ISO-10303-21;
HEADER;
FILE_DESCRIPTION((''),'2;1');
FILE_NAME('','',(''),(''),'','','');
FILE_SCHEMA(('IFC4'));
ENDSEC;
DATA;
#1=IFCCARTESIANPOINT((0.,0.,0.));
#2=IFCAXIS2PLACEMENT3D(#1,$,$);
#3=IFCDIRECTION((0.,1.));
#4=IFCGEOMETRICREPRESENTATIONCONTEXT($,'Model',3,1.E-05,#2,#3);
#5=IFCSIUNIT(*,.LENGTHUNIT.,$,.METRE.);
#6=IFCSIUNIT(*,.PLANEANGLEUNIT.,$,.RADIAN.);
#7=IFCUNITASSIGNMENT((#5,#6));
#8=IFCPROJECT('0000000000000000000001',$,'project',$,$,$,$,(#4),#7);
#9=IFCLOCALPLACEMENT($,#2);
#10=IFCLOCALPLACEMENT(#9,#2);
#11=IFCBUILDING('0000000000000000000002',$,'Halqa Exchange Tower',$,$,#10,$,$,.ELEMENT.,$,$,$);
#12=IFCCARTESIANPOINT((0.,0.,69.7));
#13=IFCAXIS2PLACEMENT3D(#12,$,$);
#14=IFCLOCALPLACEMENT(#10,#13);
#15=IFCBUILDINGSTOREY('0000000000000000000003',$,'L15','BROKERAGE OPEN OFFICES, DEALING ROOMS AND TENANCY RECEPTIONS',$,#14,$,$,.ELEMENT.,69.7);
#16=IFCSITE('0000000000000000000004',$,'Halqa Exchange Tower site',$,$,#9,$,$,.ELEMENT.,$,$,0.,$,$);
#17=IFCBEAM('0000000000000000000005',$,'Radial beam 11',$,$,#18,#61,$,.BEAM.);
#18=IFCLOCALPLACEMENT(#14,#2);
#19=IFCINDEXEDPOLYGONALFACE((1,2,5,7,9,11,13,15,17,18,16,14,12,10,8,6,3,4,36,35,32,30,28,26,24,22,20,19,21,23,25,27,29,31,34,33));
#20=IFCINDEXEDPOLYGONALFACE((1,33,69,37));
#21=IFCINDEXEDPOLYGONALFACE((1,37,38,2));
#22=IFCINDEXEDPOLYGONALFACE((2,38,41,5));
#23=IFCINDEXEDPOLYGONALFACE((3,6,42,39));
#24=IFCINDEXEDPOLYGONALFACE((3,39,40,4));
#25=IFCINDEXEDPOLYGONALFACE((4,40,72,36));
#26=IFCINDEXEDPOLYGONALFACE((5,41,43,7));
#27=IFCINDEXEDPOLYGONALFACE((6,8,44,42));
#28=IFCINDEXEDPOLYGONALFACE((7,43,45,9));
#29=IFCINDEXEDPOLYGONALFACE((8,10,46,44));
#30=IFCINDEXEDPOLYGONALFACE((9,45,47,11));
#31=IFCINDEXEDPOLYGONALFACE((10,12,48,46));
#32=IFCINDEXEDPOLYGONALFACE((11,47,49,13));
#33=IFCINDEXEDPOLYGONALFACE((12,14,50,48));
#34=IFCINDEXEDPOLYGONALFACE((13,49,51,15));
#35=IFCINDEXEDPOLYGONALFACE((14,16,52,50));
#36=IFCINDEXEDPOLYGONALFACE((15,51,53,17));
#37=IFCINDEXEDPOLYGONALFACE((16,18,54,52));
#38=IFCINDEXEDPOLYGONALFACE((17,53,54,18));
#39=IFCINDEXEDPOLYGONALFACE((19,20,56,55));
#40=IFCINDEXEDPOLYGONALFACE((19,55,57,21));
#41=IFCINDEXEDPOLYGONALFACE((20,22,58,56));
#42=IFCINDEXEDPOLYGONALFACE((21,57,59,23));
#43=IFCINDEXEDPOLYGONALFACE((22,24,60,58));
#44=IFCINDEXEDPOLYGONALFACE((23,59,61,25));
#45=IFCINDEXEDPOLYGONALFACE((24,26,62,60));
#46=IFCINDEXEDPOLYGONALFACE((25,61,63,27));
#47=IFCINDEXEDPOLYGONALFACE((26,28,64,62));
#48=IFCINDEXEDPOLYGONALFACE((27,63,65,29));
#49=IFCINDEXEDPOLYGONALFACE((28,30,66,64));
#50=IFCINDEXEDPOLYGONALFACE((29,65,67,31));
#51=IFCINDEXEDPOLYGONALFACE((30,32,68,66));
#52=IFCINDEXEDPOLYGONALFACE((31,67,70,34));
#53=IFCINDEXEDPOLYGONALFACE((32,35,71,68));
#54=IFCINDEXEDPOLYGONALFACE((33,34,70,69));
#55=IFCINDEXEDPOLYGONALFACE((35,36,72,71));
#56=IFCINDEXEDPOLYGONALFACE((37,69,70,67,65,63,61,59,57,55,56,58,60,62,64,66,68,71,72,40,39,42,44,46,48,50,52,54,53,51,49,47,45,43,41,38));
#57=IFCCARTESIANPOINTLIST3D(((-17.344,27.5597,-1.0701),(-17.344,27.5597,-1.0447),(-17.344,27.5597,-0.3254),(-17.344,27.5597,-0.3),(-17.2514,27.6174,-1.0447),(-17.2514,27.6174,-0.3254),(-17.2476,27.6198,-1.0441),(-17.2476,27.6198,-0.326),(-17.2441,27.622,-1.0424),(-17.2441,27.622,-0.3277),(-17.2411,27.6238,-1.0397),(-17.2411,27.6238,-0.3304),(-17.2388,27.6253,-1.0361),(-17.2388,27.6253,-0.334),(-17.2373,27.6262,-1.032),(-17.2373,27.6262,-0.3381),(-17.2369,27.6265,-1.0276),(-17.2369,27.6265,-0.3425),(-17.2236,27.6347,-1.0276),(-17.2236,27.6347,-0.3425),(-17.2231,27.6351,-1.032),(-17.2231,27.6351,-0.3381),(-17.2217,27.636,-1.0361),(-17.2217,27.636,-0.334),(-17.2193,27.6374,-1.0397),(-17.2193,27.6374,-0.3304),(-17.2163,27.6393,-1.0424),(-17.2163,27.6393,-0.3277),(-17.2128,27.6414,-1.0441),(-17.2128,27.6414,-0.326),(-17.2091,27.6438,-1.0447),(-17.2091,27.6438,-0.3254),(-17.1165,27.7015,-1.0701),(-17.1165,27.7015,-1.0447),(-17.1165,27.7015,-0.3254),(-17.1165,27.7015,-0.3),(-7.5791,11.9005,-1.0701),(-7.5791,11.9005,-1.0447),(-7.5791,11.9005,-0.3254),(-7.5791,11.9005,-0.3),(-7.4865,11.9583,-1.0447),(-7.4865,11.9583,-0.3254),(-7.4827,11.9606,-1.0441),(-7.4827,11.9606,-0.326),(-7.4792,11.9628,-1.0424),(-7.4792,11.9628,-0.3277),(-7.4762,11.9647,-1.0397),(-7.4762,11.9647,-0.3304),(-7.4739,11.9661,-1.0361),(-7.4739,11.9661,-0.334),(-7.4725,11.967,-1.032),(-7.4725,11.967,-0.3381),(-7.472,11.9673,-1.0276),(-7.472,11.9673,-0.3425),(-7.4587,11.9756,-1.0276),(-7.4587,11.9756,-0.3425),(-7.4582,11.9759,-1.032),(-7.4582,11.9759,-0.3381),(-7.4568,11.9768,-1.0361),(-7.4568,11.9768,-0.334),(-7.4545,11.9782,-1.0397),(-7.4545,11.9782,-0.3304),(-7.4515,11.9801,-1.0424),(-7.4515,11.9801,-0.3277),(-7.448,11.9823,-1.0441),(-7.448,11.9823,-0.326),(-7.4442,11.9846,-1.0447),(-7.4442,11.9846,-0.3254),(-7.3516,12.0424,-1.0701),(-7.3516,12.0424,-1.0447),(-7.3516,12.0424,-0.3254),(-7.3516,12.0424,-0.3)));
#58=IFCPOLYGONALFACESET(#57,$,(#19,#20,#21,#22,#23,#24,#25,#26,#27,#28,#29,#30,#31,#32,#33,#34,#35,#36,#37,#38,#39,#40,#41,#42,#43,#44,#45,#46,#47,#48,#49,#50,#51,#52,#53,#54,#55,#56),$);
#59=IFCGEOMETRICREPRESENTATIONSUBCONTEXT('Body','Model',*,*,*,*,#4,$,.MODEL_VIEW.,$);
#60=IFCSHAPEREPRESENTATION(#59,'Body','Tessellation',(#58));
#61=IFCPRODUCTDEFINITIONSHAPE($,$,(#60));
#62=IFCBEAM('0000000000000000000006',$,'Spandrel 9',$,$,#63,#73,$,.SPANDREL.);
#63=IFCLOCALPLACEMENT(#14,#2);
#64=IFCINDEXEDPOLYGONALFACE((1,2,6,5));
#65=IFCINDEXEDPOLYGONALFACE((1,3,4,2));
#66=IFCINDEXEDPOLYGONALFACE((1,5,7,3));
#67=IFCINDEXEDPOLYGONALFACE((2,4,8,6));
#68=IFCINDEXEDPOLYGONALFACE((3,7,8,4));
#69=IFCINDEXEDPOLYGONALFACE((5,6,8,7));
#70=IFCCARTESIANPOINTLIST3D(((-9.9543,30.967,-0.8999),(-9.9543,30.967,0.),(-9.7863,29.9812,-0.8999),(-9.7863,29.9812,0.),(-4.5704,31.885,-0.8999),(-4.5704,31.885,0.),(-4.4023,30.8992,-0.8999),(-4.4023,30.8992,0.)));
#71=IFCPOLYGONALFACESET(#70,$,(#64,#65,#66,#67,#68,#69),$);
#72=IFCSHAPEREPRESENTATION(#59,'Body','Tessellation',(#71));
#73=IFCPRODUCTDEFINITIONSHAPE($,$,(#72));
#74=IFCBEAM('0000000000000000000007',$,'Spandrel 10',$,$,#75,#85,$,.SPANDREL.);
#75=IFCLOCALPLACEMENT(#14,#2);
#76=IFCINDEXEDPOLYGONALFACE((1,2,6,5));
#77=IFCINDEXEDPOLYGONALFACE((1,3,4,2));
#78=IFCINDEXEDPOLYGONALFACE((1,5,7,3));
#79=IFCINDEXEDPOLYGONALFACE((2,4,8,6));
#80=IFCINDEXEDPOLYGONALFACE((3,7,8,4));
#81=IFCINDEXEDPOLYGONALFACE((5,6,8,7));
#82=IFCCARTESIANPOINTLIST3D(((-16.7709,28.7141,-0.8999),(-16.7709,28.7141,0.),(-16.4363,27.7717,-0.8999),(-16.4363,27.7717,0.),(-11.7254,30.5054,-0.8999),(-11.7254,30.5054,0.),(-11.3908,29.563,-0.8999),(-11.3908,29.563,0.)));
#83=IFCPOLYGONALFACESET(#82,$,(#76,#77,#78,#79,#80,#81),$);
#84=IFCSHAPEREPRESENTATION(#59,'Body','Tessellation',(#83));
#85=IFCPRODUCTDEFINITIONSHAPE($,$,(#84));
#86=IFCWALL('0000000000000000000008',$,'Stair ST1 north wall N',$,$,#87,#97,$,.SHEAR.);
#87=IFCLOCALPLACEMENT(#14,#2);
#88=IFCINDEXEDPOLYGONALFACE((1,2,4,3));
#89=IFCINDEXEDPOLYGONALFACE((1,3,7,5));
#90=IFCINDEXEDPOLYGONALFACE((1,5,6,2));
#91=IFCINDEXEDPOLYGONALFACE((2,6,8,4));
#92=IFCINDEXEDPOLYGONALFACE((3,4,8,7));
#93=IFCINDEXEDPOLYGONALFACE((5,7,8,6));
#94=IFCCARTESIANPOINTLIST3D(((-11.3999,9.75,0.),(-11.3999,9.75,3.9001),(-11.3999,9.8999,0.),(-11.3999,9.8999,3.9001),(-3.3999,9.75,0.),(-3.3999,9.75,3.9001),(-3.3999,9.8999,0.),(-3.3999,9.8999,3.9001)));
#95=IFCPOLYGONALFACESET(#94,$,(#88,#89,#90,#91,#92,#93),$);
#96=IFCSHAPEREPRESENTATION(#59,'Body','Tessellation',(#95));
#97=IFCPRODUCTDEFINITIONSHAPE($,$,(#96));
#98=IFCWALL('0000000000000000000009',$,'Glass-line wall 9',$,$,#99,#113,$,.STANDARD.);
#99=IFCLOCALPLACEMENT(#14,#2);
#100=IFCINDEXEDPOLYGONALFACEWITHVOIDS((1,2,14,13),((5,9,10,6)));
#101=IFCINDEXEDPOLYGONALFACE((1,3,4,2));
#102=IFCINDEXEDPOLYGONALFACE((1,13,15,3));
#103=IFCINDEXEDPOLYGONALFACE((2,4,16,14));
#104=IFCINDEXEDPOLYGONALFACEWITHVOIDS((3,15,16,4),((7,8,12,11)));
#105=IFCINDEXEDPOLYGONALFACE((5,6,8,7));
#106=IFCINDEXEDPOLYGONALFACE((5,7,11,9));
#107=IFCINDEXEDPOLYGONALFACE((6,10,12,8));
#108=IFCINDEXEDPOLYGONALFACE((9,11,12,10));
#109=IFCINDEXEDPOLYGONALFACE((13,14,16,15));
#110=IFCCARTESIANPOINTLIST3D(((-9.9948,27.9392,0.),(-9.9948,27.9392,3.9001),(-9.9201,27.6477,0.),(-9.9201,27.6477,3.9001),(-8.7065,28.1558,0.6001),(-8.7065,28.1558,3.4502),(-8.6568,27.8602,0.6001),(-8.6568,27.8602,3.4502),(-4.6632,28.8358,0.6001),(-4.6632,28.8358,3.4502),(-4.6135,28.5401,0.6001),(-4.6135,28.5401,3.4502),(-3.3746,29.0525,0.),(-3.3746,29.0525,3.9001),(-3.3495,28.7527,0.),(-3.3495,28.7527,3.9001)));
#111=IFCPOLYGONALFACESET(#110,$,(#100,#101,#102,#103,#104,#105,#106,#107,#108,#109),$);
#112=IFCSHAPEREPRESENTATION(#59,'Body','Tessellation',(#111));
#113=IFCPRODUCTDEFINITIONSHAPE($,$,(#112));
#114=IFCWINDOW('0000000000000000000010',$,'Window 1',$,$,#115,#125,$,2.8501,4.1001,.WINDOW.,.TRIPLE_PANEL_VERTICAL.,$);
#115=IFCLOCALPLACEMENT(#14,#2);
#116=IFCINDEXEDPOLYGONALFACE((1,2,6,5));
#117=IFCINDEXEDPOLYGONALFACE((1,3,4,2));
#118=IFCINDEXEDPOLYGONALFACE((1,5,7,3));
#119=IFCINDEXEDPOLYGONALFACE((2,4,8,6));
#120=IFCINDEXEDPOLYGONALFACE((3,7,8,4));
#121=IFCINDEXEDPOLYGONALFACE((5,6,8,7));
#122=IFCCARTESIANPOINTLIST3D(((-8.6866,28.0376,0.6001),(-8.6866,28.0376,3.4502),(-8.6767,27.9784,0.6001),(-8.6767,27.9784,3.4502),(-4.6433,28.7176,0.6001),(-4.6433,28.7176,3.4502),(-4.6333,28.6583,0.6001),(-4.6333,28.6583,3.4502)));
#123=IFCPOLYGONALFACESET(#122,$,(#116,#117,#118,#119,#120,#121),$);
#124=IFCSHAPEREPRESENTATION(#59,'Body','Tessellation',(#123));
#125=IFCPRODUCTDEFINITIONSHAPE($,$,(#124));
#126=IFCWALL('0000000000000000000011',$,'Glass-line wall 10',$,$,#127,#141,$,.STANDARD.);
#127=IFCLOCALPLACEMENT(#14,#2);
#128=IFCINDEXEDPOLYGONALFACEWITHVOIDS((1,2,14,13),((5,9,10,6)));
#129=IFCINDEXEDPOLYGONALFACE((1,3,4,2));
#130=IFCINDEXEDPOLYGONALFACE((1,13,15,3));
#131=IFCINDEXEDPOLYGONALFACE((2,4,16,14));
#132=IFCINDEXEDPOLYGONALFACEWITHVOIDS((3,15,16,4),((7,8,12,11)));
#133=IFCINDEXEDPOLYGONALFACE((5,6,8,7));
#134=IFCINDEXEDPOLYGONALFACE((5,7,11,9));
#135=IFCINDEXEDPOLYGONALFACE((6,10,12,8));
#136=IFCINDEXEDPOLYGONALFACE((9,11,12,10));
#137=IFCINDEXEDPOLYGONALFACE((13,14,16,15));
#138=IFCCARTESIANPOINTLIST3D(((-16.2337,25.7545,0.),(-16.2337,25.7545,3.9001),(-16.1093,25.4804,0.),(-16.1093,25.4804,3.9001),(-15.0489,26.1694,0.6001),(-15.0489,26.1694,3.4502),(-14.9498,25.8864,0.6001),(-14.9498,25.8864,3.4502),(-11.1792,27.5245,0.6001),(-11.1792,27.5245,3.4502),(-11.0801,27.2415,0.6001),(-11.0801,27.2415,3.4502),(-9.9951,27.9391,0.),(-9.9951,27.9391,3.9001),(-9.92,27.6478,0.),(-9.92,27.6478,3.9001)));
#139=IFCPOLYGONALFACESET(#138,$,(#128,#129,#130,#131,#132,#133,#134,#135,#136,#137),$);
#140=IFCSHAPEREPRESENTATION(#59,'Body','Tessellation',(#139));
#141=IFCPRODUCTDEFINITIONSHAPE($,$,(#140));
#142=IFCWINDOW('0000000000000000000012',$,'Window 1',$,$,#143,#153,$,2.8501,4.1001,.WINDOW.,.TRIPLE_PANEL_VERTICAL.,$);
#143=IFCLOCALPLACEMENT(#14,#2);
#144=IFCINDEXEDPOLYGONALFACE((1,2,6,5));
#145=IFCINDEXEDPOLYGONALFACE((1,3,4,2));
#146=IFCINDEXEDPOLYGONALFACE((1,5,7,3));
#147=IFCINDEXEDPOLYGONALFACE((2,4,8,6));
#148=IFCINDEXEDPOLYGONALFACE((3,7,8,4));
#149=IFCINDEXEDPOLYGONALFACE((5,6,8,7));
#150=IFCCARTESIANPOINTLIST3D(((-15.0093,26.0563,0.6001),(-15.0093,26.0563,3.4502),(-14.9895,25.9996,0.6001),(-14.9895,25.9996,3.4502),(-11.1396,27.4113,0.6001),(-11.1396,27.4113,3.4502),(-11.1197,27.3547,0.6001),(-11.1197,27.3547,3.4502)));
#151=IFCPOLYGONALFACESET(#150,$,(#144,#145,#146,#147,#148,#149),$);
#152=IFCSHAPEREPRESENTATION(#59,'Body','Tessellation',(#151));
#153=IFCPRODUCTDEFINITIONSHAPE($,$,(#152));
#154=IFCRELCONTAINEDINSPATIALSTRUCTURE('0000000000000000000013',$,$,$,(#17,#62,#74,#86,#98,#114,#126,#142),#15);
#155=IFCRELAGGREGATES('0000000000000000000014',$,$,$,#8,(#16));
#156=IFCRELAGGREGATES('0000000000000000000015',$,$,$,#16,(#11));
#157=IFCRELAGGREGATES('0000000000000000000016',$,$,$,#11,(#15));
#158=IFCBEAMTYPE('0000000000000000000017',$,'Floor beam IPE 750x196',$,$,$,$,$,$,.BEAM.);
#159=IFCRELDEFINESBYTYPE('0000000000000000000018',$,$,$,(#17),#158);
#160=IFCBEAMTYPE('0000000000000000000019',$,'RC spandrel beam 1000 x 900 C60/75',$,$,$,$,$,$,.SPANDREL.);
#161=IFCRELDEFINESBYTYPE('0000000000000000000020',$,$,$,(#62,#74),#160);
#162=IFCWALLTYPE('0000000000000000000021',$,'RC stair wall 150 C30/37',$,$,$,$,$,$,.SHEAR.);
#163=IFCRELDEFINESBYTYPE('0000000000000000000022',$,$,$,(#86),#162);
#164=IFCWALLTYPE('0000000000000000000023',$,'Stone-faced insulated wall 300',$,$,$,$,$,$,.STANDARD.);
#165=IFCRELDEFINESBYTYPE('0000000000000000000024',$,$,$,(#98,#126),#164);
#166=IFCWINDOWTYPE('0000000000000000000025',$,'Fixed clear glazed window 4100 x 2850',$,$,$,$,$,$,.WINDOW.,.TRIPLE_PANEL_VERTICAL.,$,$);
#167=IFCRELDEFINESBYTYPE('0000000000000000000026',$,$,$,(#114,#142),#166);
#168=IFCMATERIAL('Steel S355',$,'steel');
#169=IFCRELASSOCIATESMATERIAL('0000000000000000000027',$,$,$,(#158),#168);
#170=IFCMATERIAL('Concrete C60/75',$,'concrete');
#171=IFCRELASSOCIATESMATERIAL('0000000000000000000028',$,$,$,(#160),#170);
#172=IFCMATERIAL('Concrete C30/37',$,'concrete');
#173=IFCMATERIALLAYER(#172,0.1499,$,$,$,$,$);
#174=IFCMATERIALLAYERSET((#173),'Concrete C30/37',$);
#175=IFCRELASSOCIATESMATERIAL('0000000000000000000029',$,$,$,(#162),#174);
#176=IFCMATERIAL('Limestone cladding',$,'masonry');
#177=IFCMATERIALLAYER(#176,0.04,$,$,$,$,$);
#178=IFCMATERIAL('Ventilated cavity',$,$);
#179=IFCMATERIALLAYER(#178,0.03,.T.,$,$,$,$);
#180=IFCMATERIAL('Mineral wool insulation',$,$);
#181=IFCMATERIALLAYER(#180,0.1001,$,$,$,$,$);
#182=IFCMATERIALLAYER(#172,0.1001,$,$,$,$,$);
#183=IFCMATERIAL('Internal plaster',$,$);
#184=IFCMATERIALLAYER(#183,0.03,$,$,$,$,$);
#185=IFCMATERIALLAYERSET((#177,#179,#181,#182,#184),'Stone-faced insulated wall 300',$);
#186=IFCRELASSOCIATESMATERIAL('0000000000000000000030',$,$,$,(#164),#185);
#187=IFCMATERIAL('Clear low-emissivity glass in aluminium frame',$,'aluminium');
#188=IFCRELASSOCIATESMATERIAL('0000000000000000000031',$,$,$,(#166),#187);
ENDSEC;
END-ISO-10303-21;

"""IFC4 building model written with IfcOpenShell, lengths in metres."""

from ifc_helpers import new_model, si_unit, direction, frame, frame_2d, origin, origin_2d, place, context, subcontext, project, spatial, polyline, rectangle, i_section, outline, extrude, material, layer, layer_set, material_profile, profile_set, type_object, element, fill, save


model = new_model("IFC4")

# Units and contexts
model_context = context("Model", 3, precision=1e-05, world=origin(), true_north=direction((0.0, 1.0)))
body_context = subcontext(model_context, "Body", "Model", "MODEL_VIEW")
ifc_project = project(units=[si_unit("LENGTHUNIT", "METRE"), si_unit("PLANEANGLEUNIT", "RADIAN")], contexts=[model_context])

# Site, building, storey
site_placement = place(None, origin())
site = spatial("IfcSite", under=ifc_project, at=site_placement, Name="Halqa Exchange Tower site", CompositionType="ELEMENT", RefElevation=0.0)
building_placement = place(site_placement, origin())
building = spatial("IfcBuilding", under=site, at=building_placement, Name="Halqa Exchange Tower", CompositionType="ELEMENT")
storey_placement = place(building_placement, frame((0.0, 0.0, 69.7)))
storey = spatial("IfcBuildingStorey", under=building, at=storey_placement, Name="L15", Description="BROKERAGE OPEN OFFICES, DEALING ROOMS AND TENANCY RECEPTIONS", CompositionType="ELEMENT", Elevation=69.7)

# Beams
ifc_material_1 = material(Name="Steel S355", Category="steel")
ifc_material_profile_1 = material_profile(ifc_material_1, i_section(OverallWidth=0.2681, OverallDepth=0.77, WebThickness=0.0156, FlangeThickness=0.0254, FilletRadius=0.0171, at=origin_2d()), Name="IPE 750x196")
ifc_profile_set_1 = profile_set([ifc_material_profile_1], Name="Steel S355")
beam_type_1 = type_object("IfcBeamType", Name="Floor beam IPE 750x196", PredefinedType="BEAM", material=ifc_profile_set_1)
beam_1_placement = place(storey_placement, frame((-7.4653, 11.9714, -0.6851), z_axis=(-0.529138, 0.848536, 0.0), x_axis=(-0.848536, -0.529138, 0.0)))
element("IfcBeam", 1, at=beam_1_placement, inside=storey, type_object=beam_type_1, Name="Radial beam 11", PredefinedType="BEAM", context=body_context, shape_type="SweptSolid", body=[
    extrude(i_section(OverallWidth=0.2681, OverallDepth=0.77, WebThickness=0.0156, FlangeThickness=0.0254, FilletRadius=0.0171, at=origin_2d()), origin(), (0.0, 0.0, 1.0), 18.4543),
])
ifc_material_2 = material(Name="Concrete C60/75", Category="concrete")
ifc_material_profile_2 = material_profile(ifc_material_2, rectangle(XDim=1.0, YDim=0.8999, at=origin_2d()), Name="1000 x 900")
ifc_profile_set_2 = profile_set([ifc_material_profile_2], Name="Concrete C60/75")
beam_type_2 = type_object("IfcBeamType", Name="RC spandrel beam 1000 x 900 C60/75", PredefinedType="SPANDREL", material=ifc_profile_set_2)
beam_2_placement = place(storey_placement, frame((-4.4863, 31.3921, -0.45), z_axis=(-0.985775, -0.168073, 0.0), x_axis=(0.168073, -0.985775, 0.0)))
element("IfcBeam", 2, at=beam_2_placement, inside=storey, type_object=beam_type_2, Name="Spandrel 9", PredefinedType="SPANDREL", context=body_context, shape_type="SweptSolid", body=[
    extrude(rectangle(XDim=1.0, YDim=0.8999, at=origin_2d()), origin(), (0.0, 0.0, 1.0), 5.4617),
])
beam_3_placement = place(storey_placement, frame((-11.5581, 30.0342, -0.45), z_axis=(-0.942372, -0.334568, 0.0), x_axis=(0.334568, -0.942372, 0.0)))
element("IfcBeam", 3, at=beam_3_placement, inside=storey, type_object=beam_type_2, Name="Spandrel 10", PredefinedType="SPANDREL", context=body_context, shape_type="SweptSolid", body=[
    extrude(rectangle(XDim=1.0, YDim=0.8999, at=origin_2d()), origin(), (0.0, 0.0, 1.0), 5.354),
])

# Wall
ifc_material_3 = material(Name="Concrete C30/37", Category="concrete")
ifc_layer_1 = layer(ifc_material_3, 0.1499)
ifc_layer_set_1 = layer_set([ifc_layer_1], Name="Concrete C30/37")
wall_type_1 = type_object("IfcWallType", Name="RC stair wall 150 C30/37", PredefinedType="SHEAR", material=ifc_layer_set_1)
wall_1_placement = place(storey_placement, frame((-11.3999, 9.825, 0.0), z_axis=(0.0, 0.0, 1.0), x_axis=(1.0, 0.0, 0.0)))
element("IfcWall", 4, at=wall_1_placement, inside=storey, type_object=wall_type_1, Name="Stair ST1 north wall N", PredefinedType="SHEAR", context=body_context, shape_type="SweptSolid", body=[
    extrude(rectangle(XDim=8.0, YDim=0.1499, at=frame_2d((4.0, 0.0))), origin(), (0.0, 0.0, 1.0), 3.9001),
])

# Walls, openings, windows
ifc_material_4 = material(Name="Limestone cladding", Category="masonry")
ifc_layer_2 = layer(ifc_material_4, 0.04)
ifc_material_5 = material(Name="Ventilated cavity")
ifc_layer_3 = layer(ifc_material_5, 0.03, ventilated=True)
ifc_material_6 = material(Name="Mineral wool insulation")
ifc_layer_4 = layer(ifc_material_6, 0.1001)
ifc_layer_5 = layer(ifc_material_3, 0.1001)
ifc_material_7 = material(Name="Internal plaster")
ifc_layer_6 = layer(ifc_material_7, 0.03)
ifc_layer_set_2 = layer_set([ifc_layer_2, ifc_layer_3, ifc_layer_4, ifc_layer_5, ifc_layer_6], Name="Stone-faced insulated wall 300")
wall_type_2 = type_object("IfcWallType", Name="Stone-faced insulated wall 300", PredefinedType="STANDARD", material=ifc_layer_set_2)
wall_2_placement = place(storey_placement, frame((-3.3621, 28.9026, 0.0), z_axis=(0.0, 0.0, 1.0), x_axis=(-0.986153, -0.165837, 0.0)))
wall_2 = element("IfcWall", 5, at=wall_2_placement, inside=storey, type_object=wall_type_2, Name="Glass-line wall 9", PredefinedType="STANDARD", context=body_context, shape_type="SweptSolid", body=[
    extrude(outline(polyline([(-0.0125, -0.1499), (6.7007, -0.1499), (6.6753, 0.1499), (0.0125, 0.1499), (-0.0125, -0.1499)])), origin(), (0.0, 0.0, 1.0), 3.9001),
])
opening_1_placement = place(wall_2_placement, frame((1.2942, 0.0, 0.6001)))
opening_1 = element("IfcOpeningElement", 6, at=opening_1_placement, cuts=wall_2, PredefinedType="OPENING", context=body_context, shape_type="SweptSolid", body=[
    extrude(rectangle(XDim=4.1001, YDim=2.8501, at=frame_2d((2.05, 1.425))), frame((0.0, 0.1621, 0.0), z_axis=(0.0, -1.0, 0.0), x_axis=(1.0, 0.0, 0.0)), (0.0, 0.0, 1.0), 0.324),
])
ifc_material_8 = material(Name="Clear low-emissivity glass in aluminium frame", Category="aluminium")
window_type = type_object("IfcWindowType", Name="Fixed clear glazed window 4100 x 2850", PartitioningType="TRIPLE_PANEL_VERTICAL", PredefinedType="WINDOW", material=ifc_material_8)
window_1_placement = place(opening_1_placement, origin())
window_1 = element("IfcWindow", 7, at=window_1_placement, inside=storey, type_object=window_type, Name="Window 1", OverallHeight=2.8501, OverallWidth=4.1001, PartitioningType="TRIPLE_PANEL_VERTICAL", PredefinedType="WINDOW", context=body_context, shape_type="SweptSolid", body=[
    extrude(rectangle(XDim=4.1001, YDim=2.8501, at=frame_2d((2.05, 1.425))), frame((0.0, 0.03, 0.0), z_axis=(0.0, -1.0, 0.0), x_axis=(1.0, 0.0, 0.0)), (0.0, 0.0, 1.0), 0.0601),
])
fill(opening_1, window_1)
wall_3_placement = place(storey_placement, frame((-9.9575, 27.7935, 0.0), z_axis=(0.0, 0.0, 1.0), x_axis=(-0.943807, -0.330497, 0.0)))
wall_3 = element("IfcWall", 8, at=wall_3_placement, inside=storey, type_object=wall_type_2, Name="Glass-line wall 10", PredefinedType="STANDARD", context=body_context, shape_type="SweptSolid", body=[
    extrude(outline(polyline([(-0.0127, -0.1499), (6.5974, -0.1499), (6.5706, 0.1499), (0.0127, 0.1499), (-0.0127, -0.1499)])), origin(), (0.0, 0.0, 1.0), 3.9001),
])
opening_2_placement = place(wall_3_placement, frame((1.2419, 0.0, 0.6001)))
opening_2 = element("IfcOpeningElement", 9, at=opening_2_placement, cuts=wall_3, PredefinedType="OPENING", context=body_context, shape_type="SweptSolid", body=[
    extrude(rectangle(XDim=4.1001, YDim=2.8501, at=frame_2d((2.05, 1.425))), frame((0.0, 0.1621, 0.0), z_axis=(0.0, -1.0, 0.0), x_axis=(1.0, 0.0, 0.0)), (0.0, 0.0, 1.0), 0.324),
])
window_2_placement = place(opening_2_placement, origin())
window_2 = element("IfcWindow", 10, at=window_2_placement, inside=storey, type_object=window_type, Name="Window 1", OverallHeight=2.8501, OverallWidth=4.1001, PartitioningType="TRIPLE_PANEL_VERTICAL", PredefinedType="WINDOW", context=body_context, shape_type="SweptSolid", body=[
    extrude(rectangle(XDim=4.1001, YDim=2.8501, at=frame_2d((2.05, 1.425))), frame((0.0, 0.03, 0.0), z_axis=(0.0, -1.0, 0.0), x_axis=(1.0, 0.0, 0.0)), (0.0, 0.0, 1.0), 0.0601),
])
fill(opening_2, window_2)

save(model, "model.ifc")
